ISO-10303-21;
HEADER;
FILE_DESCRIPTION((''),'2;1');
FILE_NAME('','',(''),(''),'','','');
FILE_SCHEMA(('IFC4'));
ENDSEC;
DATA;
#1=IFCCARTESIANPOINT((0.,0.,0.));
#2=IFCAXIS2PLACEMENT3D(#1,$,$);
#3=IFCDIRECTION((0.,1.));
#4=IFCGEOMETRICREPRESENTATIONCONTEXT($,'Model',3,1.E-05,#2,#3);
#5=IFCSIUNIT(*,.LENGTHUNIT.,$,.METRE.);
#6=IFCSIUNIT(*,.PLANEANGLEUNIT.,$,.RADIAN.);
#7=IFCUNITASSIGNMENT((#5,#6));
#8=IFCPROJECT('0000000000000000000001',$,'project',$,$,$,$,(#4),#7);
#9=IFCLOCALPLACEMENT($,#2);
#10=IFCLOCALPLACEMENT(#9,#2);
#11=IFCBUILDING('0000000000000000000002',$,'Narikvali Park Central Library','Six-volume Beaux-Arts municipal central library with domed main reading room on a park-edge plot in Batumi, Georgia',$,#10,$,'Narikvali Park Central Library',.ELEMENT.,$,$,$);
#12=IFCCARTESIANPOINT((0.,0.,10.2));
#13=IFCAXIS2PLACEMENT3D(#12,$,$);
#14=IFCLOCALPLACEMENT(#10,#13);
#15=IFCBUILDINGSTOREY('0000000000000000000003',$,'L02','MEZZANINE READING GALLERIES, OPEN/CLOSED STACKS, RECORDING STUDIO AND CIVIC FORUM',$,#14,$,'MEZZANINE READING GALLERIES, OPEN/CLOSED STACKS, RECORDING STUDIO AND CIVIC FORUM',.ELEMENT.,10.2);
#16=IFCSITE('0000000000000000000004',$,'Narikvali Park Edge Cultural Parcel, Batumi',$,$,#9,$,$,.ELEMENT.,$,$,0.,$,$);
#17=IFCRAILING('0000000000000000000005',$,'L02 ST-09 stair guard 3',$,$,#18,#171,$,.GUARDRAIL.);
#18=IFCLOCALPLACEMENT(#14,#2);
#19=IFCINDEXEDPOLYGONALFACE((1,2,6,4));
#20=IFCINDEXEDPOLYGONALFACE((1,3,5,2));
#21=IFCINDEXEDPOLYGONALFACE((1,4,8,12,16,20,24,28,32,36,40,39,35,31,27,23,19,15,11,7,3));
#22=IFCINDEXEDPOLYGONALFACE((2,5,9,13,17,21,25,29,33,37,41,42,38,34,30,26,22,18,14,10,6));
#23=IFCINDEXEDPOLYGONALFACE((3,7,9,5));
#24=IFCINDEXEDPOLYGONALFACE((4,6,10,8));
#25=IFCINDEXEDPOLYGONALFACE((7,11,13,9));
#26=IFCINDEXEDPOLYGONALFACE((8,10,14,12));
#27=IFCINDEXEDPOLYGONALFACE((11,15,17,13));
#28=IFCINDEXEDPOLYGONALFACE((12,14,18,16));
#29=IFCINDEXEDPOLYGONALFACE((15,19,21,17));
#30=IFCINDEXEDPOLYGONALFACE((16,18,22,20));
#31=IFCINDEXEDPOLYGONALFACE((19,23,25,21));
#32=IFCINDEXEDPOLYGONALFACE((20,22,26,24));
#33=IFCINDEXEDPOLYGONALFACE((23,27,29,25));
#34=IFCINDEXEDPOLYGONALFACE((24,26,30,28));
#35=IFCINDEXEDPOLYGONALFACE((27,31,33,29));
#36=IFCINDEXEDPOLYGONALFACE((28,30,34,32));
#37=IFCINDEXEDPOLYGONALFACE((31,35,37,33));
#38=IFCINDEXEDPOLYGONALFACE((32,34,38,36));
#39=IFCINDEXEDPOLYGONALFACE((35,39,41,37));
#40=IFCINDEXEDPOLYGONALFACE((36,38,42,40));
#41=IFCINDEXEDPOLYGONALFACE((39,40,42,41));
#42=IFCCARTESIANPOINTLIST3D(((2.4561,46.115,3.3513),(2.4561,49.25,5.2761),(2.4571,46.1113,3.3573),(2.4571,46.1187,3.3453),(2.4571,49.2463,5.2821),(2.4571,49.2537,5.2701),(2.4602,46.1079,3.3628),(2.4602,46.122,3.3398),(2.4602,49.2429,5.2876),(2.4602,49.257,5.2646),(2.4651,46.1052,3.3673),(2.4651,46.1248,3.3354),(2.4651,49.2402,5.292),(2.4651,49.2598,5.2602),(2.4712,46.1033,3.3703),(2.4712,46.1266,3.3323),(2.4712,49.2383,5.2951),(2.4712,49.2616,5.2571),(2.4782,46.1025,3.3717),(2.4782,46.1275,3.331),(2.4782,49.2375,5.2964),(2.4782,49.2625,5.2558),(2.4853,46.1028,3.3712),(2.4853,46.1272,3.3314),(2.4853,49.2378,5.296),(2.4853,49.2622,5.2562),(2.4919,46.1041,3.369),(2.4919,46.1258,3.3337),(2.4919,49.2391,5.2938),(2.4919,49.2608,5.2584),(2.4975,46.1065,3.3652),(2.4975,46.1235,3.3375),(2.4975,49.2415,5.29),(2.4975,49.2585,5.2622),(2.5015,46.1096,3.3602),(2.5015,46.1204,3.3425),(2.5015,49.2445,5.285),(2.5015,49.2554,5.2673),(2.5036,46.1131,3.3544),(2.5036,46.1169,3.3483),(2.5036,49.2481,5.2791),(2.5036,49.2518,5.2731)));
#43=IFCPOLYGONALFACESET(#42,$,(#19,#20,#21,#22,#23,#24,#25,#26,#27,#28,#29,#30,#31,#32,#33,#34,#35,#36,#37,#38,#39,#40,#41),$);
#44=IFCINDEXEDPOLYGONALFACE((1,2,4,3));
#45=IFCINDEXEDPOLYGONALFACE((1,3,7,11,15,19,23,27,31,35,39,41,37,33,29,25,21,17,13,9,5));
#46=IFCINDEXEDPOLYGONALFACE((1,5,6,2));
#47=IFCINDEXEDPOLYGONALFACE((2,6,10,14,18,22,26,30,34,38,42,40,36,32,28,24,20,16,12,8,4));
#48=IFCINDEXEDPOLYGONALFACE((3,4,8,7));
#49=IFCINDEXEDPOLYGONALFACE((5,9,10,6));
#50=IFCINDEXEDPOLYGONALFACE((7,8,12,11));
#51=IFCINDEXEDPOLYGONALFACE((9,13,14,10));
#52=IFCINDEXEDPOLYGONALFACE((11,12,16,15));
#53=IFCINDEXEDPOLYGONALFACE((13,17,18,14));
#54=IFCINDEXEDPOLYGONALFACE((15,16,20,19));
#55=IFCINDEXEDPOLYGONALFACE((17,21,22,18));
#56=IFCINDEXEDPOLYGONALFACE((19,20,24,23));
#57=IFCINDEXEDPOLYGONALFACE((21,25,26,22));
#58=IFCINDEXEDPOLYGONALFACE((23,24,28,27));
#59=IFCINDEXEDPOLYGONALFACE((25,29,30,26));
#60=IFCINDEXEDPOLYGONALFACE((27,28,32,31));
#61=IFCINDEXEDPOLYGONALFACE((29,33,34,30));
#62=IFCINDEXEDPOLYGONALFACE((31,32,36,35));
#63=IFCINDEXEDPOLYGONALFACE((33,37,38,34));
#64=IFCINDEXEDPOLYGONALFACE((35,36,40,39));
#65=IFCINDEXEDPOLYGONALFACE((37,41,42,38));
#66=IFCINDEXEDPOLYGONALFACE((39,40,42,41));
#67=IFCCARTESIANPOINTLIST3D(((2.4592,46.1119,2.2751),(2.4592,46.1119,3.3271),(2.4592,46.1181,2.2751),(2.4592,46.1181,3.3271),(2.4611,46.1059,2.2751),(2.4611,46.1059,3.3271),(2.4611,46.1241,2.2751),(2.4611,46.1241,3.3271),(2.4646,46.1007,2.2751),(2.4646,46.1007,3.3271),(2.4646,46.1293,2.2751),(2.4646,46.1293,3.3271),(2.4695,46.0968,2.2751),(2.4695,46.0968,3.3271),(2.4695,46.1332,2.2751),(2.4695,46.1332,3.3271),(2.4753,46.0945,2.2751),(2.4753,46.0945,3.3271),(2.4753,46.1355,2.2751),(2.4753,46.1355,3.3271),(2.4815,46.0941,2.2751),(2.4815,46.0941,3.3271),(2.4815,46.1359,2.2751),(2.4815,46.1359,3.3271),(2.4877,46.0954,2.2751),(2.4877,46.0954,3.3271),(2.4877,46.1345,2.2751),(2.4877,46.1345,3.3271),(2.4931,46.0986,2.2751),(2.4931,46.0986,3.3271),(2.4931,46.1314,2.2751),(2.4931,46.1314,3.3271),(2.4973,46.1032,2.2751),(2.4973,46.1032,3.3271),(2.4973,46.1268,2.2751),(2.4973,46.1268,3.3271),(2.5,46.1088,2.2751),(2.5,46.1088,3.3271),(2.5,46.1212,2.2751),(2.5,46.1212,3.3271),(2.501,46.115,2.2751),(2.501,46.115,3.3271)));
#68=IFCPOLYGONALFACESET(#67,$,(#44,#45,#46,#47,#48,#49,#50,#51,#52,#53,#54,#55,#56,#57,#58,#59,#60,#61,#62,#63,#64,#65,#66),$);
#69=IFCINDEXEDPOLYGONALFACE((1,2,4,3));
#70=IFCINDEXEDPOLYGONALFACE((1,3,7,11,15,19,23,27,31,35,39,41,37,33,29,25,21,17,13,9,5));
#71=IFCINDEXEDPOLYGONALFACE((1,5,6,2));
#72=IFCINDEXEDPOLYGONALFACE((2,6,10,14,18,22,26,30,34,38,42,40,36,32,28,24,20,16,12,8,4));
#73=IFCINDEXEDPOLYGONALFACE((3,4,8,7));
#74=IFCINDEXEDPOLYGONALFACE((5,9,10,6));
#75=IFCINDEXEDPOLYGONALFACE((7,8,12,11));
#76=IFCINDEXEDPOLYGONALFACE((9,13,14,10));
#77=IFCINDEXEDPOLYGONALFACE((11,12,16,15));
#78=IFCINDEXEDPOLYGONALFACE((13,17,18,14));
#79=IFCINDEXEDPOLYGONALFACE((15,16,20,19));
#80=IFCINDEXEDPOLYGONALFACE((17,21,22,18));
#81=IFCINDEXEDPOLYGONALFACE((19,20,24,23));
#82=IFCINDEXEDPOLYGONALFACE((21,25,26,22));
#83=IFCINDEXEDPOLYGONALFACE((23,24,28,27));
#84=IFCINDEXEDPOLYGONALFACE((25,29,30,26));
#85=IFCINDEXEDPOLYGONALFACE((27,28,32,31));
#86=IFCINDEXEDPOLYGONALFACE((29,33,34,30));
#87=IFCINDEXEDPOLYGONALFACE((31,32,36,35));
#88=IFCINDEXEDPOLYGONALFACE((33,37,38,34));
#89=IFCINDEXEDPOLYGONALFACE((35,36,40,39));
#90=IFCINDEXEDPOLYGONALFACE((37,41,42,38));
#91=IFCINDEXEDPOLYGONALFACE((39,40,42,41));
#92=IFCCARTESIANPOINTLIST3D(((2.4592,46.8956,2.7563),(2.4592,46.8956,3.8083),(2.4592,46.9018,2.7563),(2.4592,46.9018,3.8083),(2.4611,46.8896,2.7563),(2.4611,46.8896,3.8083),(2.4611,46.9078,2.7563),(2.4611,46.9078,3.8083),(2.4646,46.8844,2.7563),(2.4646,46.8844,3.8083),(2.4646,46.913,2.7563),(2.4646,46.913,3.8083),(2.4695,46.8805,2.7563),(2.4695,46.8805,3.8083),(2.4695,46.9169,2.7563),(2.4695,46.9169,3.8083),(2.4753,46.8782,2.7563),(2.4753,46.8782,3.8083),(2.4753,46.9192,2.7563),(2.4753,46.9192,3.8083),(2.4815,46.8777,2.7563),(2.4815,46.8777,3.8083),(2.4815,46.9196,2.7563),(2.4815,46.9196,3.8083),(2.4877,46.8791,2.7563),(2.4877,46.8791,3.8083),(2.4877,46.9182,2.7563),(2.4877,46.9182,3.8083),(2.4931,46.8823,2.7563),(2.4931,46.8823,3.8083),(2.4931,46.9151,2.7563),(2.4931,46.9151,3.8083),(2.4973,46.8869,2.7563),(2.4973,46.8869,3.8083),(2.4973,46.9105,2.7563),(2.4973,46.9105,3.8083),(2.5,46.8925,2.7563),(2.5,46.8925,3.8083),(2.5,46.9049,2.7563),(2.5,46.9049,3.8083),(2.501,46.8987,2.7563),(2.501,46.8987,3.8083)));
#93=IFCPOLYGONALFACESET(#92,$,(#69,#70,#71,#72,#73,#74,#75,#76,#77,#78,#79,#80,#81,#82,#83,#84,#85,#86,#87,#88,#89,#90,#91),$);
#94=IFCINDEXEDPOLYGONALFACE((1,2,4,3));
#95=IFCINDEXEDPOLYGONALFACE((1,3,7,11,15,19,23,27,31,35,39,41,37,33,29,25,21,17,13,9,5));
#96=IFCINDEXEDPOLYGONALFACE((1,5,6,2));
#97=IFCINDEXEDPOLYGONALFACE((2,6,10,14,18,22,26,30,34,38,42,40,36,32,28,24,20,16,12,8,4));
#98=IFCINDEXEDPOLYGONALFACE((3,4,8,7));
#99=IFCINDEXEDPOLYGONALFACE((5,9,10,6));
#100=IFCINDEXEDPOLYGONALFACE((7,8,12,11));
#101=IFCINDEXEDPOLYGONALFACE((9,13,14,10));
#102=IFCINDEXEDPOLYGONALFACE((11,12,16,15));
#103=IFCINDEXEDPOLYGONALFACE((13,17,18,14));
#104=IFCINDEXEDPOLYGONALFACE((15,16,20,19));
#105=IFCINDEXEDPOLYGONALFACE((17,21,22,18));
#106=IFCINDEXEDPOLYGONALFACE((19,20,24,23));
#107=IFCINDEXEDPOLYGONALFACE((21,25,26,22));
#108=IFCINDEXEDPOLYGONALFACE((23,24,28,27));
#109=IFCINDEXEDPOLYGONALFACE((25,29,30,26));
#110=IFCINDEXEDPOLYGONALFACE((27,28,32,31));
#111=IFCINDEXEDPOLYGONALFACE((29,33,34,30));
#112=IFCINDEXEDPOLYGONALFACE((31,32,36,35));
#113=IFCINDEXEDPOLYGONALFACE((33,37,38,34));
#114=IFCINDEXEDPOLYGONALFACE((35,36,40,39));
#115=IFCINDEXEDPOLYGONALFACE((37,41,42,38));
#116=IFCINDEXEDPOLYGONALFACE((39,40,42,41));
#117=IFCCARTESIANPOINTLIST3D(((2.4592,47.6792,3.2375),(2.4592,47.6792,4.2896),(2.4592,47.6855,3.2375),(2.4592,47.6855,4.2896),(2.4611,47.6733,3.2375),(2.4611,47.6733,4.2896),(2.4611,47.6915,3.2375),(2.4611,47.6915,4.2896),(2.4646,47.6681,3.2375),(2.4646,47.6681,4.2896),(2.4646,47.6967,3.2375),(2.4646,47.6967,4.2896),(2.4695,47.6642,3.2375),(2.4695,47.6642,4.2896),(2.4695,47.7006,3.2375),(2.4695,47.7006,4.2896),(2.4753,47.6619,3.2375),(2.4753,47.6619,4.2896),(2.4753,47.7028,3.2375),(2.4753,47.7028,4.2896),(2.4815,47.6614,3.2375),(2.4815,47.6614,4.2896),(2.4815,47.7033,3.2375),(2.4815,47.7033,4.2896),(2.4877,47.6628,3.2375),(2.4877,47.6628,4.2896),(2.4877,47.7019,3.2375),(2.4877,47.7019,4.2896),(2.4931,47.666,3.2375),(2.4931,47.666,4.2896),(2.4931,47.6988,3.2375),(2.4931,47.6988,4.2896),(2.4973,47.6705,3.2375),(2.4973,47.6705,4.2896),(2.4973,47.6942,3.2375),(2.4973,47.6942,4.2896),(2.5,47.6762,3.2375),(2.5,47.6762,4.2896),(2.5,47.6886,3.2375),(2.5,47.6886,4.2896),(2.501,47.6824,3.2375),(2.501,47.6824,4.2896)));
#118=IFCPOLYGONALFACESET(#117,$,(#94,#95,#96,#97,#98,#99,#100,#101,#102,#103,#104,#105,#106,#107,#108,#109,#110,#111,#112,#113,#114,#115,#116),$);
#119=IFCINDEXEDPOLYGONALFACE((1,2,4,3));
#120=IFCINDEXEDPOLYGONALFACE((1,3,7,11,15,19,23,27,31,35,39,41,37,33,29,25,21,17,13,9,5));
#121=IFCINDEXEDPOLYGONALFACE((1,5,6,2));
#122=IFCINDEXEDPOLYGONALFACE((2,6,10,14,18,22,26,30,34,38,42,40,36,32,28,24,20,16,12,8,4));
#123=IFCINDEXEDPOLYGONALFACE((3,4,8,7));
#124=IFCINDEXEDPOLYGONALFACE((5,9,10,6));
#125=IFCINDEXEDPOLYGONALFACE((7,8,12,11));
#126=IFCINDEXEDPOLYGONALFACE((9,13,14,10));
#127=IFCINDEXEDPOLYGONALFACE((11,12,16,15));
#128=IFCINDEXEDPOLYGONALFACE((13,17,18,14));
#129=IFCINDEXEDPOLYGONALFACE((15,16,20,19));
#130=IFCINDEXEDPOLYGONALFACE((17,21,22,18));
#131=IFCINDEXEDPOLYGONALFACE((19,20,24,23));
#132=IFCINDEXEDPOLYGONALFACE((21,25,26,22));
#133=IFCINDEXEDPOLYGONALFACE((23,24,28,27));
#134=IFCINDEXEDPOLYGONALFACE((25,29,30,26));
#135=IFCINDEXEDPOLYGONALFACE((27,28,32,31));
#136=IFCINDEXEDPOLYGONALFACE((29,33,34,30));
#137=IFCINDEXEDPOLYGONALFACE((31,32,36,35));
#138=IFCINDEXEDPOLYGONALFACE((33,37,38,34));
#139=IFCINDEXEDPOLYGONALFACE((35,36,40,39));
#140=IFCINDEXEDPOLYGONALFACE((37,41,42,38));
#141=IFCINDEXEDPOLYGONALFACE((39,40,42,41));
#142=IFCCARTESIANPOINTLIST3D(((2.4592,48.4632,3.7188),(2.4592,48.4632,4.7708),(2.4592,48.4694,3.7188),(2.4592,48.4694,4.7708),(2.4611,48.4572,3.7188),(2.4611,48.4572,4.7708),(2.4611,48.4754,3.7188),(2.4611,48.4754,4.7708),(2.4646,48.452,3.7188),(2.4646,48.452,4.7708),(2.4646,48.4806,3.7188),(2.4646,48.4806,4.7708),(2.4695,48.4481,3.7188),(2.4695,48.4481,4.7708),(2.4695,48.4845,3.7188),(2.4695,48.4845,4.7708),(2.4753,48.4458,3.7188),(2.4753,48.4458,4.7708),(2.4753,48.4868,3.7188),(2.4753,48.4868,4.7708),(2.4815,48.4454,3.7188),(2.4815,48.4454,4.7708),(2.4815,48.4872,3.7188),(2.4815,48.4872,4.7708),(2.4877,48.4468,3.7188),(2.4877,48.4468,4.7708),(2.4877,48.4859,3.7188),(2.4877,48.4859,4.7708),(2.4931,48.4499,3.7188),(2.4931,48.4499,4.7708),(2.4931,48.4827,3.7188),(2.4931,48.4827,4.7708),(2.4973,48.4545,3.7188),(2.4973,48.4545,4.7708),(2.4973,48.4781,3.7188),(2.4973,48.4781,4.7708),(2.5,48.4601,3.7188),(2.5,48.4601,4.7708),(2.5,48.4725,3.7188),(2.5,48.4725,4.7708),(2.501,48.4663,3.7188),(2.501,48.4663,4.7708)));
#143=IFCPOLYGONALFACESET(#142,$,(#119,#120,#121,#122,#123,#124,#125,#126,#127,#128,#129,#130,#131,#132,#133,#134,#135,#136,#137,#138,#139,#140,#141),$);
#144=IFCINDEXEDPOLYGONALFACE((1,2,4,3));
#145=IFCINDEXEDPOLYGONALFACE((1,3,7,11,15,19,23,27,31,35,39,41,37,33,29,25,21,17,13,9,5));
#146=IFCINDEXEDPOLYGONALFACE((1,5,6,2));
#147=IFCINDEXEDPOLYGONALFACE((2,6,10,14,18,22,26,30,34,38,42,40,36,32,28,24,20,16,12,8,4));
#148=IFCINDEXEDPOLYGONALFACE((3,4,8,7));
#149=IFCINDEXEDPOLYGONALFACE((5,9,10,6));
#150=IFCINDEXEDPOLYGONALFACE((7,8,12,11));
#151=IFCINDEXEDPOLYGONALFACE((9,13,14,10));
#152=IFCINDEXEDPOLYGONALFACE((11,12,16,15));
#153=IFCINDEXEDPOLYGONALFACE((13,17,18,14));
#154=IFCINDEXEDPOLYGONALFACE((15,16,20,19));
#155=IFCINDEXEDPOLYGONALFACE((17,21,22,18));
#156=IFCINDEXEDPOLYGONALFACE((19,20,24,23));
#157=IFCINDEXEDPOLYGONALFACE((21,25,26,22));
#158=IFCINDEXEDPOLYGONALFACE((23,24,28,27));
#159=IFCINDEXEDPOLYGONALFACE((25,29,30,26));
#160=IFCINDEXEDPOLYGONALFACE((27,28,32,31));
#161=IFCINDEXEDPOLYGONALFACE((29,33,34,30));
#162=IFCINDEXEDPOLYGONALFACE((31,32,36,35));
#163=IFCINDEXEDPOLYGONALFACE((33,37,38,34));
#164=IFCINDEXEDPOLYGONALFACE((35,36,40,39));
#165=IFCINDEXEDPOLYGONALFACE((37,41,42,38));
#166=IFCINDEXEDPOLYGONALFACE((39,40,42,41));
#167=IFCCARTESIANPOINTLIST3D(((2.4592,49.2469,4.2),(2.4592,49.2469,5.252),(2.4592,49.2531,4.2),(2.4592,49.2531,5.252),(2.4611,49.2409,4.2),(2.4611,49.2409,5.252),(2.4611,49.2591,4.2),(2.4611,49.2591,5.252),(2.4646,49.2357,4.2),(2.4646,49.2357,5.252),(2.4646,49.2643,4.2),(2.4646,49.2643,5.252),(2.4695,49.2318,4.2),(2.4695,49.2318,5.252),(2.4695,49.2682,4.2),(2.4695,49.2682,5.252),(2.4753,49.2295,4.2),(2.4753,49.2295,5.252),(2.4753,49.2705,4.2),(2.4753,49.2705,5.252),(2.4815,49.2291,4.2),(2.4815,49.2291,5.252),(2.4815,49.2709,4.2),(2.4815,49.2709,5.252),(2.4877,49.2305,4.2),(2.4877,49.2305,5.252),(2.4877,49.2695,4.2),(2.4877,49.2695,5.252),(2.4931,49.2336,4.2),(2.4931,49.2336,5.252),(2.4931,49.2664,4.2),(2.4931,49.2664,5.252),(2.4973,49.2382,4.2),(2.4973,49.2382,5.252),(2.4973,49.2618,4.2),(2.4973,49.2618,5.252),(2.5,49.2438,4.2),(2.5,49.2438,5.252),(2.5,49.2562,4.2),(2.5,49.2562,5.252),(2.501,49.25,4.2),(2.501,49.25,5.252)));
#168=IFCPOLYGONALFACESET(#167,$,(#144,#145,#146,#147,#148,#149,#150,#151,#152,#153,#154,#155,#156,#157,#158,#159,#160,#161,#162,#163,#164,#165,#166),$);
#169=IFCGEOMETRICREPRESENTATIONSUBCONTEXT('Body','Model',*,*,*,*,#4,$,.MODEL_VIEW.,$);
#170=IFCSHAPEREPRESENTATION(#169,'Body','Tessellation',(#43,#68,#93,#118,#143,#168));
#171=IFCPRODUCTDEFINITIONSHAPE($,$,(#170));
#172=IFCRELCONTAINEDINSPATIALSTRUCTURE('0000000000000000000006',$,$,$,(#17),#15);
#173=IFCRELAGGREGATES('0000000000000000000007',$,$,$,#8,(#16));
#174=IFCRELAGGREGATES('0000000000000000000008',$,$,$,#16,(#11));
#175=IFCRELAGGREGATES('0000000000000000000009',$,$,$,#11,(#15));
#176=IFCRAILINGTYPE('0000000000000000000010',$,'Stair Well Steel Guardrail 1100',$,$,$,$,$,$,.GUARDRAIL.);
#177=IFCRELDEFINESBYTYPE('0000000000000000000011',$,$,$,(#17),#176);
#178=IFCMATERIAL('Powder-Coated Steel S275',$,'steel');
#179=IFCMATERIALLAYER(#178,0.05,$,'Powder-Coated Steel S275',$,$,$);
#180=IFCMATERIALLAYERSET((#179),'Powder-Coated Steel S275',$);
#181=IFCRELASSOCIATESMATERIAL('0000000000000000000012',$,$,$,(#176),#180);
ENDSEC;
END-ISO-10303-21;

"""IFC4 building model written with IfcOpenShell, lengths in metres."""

from ifc_helpers import new_model, si_unit, direction, frame, origin, origin_2d, place, context, subcontext, project, spatial, circle, extrude, material, layer, layer_set, type_object, element, save


model = new_model("IFC4")

# Units and contexts
model_context = context("Model", 3, precision=1e-05, world=origin(), true_north=direction((0.0, 1.0)))
body_context = subcontext(model_context, "Body", "Model", "MODEL_VIEW")
ifc_project = project(units=[si_unit("LENGTHUNIT", "METRE"), si_unit("PLANEANGLEUNIT", "RADIAN")], contexts=[model_context])

# Site, building, storey
site_placement = place(None, origin())
site = spatial("IfcSite", under=ifc_project, at=site_placement, Name="Narikvali Park Edge Cultural Parcel, Batumi", CompositionType="ELEMENT", RefElevation=0.0)
building_placement = place(site_placement, origin())
building = spatial("IfcBuilding", under=site, at=building_placement, Name="Narikvali Park Central Library", Description="Six-volume Beaux-Arts municipal central library with domed main reading room on a park-edge plot in Batumi, Georgia", LongName="Narikvali Park Central Library", CompositionType="ELEMENT")
storey_placement = place(building_placement, frame((0.0, 0.0, 10.2)))
storey = spatial("IfcBuildingStorey", under=building, at=storey_placement, Name="L02", Description="MEZZANINE READING GALLERIES, OPEN/CLOSED STACKS, RECORDING STUDIO AND CIVIC FORUM", LongName="MEZZANINE READING GALLERIES, OPEN/CLOSED STACKS, RECORDING STUDIO AND CIVIC FORUM", CompositionType="ELEMENT", Elevation=10.2)

# Railing
ifc_material_1 = material(Name="Powder-Coated Steel S275", Category="steel")
ifc_layer_1 = layer(ifc_material_1, 0.05, Name="Powder-Coated Steel S275")
ifc_layer_set_1 = layer_set([ifc_layer_1], Name="Powder-Coated Steel S275")
railing_type_1 = type_object("IfcRailingType", Name="Stair Well Steel Guardrail 1100", PredefinedType="GUARDRAIL", material=ifc_layer_set_1)
railing_1_placement = place(storey_placement, frame((2.48, 46.115, 2.2751)))
element("IfcRailing", 1, at=railing_1_placement, inside=storey, type_object=railing_type_1, Name="L02 ST-09 stair guard 3", PredefinedType="GUARDRAIL", context=body_context, shape_type="SweptSolid", body=[
    extrude(circle(Radius=0.0239, at=origin_2d()), frame((0.0, 0.0, 1.0762), z_axis=(0.0, 0.852196, 0.523223), x_axis=(-1.0, 0.0, 0.0)), (0.0, 0.0, 1.0), 3.6787),
    extrude(circle(Radius=0.021, at=origin_2d()), origin(), (0.0, 0.0, 1.0), 1.052),
    extrude(circle(Radius=0.021, at=origin_2d()), frame((0.0, 0.7837, 0.4812)), (0.0, 0.0, 1.0), 1.052),
    extrude(circle(Radius=0.021, at=origin_2d()), frame((0.0, 1.5674, 0.9624)), (0.0, 0.0, 1.0), 1.052),
    extrude(circle(Radius=0.021, at=origin_2d()), frame((0.0, 2.3513, 1.4436)), (0.0, 0.0, 1.0), 1.052),
    extrude(circle(Radius=0.021, at=origin_2d()), frame((0.0, 3.135, 1.9248)), (0.0, 0.0, 1.0), 1.052),
])

save(model, "model.ifc")
